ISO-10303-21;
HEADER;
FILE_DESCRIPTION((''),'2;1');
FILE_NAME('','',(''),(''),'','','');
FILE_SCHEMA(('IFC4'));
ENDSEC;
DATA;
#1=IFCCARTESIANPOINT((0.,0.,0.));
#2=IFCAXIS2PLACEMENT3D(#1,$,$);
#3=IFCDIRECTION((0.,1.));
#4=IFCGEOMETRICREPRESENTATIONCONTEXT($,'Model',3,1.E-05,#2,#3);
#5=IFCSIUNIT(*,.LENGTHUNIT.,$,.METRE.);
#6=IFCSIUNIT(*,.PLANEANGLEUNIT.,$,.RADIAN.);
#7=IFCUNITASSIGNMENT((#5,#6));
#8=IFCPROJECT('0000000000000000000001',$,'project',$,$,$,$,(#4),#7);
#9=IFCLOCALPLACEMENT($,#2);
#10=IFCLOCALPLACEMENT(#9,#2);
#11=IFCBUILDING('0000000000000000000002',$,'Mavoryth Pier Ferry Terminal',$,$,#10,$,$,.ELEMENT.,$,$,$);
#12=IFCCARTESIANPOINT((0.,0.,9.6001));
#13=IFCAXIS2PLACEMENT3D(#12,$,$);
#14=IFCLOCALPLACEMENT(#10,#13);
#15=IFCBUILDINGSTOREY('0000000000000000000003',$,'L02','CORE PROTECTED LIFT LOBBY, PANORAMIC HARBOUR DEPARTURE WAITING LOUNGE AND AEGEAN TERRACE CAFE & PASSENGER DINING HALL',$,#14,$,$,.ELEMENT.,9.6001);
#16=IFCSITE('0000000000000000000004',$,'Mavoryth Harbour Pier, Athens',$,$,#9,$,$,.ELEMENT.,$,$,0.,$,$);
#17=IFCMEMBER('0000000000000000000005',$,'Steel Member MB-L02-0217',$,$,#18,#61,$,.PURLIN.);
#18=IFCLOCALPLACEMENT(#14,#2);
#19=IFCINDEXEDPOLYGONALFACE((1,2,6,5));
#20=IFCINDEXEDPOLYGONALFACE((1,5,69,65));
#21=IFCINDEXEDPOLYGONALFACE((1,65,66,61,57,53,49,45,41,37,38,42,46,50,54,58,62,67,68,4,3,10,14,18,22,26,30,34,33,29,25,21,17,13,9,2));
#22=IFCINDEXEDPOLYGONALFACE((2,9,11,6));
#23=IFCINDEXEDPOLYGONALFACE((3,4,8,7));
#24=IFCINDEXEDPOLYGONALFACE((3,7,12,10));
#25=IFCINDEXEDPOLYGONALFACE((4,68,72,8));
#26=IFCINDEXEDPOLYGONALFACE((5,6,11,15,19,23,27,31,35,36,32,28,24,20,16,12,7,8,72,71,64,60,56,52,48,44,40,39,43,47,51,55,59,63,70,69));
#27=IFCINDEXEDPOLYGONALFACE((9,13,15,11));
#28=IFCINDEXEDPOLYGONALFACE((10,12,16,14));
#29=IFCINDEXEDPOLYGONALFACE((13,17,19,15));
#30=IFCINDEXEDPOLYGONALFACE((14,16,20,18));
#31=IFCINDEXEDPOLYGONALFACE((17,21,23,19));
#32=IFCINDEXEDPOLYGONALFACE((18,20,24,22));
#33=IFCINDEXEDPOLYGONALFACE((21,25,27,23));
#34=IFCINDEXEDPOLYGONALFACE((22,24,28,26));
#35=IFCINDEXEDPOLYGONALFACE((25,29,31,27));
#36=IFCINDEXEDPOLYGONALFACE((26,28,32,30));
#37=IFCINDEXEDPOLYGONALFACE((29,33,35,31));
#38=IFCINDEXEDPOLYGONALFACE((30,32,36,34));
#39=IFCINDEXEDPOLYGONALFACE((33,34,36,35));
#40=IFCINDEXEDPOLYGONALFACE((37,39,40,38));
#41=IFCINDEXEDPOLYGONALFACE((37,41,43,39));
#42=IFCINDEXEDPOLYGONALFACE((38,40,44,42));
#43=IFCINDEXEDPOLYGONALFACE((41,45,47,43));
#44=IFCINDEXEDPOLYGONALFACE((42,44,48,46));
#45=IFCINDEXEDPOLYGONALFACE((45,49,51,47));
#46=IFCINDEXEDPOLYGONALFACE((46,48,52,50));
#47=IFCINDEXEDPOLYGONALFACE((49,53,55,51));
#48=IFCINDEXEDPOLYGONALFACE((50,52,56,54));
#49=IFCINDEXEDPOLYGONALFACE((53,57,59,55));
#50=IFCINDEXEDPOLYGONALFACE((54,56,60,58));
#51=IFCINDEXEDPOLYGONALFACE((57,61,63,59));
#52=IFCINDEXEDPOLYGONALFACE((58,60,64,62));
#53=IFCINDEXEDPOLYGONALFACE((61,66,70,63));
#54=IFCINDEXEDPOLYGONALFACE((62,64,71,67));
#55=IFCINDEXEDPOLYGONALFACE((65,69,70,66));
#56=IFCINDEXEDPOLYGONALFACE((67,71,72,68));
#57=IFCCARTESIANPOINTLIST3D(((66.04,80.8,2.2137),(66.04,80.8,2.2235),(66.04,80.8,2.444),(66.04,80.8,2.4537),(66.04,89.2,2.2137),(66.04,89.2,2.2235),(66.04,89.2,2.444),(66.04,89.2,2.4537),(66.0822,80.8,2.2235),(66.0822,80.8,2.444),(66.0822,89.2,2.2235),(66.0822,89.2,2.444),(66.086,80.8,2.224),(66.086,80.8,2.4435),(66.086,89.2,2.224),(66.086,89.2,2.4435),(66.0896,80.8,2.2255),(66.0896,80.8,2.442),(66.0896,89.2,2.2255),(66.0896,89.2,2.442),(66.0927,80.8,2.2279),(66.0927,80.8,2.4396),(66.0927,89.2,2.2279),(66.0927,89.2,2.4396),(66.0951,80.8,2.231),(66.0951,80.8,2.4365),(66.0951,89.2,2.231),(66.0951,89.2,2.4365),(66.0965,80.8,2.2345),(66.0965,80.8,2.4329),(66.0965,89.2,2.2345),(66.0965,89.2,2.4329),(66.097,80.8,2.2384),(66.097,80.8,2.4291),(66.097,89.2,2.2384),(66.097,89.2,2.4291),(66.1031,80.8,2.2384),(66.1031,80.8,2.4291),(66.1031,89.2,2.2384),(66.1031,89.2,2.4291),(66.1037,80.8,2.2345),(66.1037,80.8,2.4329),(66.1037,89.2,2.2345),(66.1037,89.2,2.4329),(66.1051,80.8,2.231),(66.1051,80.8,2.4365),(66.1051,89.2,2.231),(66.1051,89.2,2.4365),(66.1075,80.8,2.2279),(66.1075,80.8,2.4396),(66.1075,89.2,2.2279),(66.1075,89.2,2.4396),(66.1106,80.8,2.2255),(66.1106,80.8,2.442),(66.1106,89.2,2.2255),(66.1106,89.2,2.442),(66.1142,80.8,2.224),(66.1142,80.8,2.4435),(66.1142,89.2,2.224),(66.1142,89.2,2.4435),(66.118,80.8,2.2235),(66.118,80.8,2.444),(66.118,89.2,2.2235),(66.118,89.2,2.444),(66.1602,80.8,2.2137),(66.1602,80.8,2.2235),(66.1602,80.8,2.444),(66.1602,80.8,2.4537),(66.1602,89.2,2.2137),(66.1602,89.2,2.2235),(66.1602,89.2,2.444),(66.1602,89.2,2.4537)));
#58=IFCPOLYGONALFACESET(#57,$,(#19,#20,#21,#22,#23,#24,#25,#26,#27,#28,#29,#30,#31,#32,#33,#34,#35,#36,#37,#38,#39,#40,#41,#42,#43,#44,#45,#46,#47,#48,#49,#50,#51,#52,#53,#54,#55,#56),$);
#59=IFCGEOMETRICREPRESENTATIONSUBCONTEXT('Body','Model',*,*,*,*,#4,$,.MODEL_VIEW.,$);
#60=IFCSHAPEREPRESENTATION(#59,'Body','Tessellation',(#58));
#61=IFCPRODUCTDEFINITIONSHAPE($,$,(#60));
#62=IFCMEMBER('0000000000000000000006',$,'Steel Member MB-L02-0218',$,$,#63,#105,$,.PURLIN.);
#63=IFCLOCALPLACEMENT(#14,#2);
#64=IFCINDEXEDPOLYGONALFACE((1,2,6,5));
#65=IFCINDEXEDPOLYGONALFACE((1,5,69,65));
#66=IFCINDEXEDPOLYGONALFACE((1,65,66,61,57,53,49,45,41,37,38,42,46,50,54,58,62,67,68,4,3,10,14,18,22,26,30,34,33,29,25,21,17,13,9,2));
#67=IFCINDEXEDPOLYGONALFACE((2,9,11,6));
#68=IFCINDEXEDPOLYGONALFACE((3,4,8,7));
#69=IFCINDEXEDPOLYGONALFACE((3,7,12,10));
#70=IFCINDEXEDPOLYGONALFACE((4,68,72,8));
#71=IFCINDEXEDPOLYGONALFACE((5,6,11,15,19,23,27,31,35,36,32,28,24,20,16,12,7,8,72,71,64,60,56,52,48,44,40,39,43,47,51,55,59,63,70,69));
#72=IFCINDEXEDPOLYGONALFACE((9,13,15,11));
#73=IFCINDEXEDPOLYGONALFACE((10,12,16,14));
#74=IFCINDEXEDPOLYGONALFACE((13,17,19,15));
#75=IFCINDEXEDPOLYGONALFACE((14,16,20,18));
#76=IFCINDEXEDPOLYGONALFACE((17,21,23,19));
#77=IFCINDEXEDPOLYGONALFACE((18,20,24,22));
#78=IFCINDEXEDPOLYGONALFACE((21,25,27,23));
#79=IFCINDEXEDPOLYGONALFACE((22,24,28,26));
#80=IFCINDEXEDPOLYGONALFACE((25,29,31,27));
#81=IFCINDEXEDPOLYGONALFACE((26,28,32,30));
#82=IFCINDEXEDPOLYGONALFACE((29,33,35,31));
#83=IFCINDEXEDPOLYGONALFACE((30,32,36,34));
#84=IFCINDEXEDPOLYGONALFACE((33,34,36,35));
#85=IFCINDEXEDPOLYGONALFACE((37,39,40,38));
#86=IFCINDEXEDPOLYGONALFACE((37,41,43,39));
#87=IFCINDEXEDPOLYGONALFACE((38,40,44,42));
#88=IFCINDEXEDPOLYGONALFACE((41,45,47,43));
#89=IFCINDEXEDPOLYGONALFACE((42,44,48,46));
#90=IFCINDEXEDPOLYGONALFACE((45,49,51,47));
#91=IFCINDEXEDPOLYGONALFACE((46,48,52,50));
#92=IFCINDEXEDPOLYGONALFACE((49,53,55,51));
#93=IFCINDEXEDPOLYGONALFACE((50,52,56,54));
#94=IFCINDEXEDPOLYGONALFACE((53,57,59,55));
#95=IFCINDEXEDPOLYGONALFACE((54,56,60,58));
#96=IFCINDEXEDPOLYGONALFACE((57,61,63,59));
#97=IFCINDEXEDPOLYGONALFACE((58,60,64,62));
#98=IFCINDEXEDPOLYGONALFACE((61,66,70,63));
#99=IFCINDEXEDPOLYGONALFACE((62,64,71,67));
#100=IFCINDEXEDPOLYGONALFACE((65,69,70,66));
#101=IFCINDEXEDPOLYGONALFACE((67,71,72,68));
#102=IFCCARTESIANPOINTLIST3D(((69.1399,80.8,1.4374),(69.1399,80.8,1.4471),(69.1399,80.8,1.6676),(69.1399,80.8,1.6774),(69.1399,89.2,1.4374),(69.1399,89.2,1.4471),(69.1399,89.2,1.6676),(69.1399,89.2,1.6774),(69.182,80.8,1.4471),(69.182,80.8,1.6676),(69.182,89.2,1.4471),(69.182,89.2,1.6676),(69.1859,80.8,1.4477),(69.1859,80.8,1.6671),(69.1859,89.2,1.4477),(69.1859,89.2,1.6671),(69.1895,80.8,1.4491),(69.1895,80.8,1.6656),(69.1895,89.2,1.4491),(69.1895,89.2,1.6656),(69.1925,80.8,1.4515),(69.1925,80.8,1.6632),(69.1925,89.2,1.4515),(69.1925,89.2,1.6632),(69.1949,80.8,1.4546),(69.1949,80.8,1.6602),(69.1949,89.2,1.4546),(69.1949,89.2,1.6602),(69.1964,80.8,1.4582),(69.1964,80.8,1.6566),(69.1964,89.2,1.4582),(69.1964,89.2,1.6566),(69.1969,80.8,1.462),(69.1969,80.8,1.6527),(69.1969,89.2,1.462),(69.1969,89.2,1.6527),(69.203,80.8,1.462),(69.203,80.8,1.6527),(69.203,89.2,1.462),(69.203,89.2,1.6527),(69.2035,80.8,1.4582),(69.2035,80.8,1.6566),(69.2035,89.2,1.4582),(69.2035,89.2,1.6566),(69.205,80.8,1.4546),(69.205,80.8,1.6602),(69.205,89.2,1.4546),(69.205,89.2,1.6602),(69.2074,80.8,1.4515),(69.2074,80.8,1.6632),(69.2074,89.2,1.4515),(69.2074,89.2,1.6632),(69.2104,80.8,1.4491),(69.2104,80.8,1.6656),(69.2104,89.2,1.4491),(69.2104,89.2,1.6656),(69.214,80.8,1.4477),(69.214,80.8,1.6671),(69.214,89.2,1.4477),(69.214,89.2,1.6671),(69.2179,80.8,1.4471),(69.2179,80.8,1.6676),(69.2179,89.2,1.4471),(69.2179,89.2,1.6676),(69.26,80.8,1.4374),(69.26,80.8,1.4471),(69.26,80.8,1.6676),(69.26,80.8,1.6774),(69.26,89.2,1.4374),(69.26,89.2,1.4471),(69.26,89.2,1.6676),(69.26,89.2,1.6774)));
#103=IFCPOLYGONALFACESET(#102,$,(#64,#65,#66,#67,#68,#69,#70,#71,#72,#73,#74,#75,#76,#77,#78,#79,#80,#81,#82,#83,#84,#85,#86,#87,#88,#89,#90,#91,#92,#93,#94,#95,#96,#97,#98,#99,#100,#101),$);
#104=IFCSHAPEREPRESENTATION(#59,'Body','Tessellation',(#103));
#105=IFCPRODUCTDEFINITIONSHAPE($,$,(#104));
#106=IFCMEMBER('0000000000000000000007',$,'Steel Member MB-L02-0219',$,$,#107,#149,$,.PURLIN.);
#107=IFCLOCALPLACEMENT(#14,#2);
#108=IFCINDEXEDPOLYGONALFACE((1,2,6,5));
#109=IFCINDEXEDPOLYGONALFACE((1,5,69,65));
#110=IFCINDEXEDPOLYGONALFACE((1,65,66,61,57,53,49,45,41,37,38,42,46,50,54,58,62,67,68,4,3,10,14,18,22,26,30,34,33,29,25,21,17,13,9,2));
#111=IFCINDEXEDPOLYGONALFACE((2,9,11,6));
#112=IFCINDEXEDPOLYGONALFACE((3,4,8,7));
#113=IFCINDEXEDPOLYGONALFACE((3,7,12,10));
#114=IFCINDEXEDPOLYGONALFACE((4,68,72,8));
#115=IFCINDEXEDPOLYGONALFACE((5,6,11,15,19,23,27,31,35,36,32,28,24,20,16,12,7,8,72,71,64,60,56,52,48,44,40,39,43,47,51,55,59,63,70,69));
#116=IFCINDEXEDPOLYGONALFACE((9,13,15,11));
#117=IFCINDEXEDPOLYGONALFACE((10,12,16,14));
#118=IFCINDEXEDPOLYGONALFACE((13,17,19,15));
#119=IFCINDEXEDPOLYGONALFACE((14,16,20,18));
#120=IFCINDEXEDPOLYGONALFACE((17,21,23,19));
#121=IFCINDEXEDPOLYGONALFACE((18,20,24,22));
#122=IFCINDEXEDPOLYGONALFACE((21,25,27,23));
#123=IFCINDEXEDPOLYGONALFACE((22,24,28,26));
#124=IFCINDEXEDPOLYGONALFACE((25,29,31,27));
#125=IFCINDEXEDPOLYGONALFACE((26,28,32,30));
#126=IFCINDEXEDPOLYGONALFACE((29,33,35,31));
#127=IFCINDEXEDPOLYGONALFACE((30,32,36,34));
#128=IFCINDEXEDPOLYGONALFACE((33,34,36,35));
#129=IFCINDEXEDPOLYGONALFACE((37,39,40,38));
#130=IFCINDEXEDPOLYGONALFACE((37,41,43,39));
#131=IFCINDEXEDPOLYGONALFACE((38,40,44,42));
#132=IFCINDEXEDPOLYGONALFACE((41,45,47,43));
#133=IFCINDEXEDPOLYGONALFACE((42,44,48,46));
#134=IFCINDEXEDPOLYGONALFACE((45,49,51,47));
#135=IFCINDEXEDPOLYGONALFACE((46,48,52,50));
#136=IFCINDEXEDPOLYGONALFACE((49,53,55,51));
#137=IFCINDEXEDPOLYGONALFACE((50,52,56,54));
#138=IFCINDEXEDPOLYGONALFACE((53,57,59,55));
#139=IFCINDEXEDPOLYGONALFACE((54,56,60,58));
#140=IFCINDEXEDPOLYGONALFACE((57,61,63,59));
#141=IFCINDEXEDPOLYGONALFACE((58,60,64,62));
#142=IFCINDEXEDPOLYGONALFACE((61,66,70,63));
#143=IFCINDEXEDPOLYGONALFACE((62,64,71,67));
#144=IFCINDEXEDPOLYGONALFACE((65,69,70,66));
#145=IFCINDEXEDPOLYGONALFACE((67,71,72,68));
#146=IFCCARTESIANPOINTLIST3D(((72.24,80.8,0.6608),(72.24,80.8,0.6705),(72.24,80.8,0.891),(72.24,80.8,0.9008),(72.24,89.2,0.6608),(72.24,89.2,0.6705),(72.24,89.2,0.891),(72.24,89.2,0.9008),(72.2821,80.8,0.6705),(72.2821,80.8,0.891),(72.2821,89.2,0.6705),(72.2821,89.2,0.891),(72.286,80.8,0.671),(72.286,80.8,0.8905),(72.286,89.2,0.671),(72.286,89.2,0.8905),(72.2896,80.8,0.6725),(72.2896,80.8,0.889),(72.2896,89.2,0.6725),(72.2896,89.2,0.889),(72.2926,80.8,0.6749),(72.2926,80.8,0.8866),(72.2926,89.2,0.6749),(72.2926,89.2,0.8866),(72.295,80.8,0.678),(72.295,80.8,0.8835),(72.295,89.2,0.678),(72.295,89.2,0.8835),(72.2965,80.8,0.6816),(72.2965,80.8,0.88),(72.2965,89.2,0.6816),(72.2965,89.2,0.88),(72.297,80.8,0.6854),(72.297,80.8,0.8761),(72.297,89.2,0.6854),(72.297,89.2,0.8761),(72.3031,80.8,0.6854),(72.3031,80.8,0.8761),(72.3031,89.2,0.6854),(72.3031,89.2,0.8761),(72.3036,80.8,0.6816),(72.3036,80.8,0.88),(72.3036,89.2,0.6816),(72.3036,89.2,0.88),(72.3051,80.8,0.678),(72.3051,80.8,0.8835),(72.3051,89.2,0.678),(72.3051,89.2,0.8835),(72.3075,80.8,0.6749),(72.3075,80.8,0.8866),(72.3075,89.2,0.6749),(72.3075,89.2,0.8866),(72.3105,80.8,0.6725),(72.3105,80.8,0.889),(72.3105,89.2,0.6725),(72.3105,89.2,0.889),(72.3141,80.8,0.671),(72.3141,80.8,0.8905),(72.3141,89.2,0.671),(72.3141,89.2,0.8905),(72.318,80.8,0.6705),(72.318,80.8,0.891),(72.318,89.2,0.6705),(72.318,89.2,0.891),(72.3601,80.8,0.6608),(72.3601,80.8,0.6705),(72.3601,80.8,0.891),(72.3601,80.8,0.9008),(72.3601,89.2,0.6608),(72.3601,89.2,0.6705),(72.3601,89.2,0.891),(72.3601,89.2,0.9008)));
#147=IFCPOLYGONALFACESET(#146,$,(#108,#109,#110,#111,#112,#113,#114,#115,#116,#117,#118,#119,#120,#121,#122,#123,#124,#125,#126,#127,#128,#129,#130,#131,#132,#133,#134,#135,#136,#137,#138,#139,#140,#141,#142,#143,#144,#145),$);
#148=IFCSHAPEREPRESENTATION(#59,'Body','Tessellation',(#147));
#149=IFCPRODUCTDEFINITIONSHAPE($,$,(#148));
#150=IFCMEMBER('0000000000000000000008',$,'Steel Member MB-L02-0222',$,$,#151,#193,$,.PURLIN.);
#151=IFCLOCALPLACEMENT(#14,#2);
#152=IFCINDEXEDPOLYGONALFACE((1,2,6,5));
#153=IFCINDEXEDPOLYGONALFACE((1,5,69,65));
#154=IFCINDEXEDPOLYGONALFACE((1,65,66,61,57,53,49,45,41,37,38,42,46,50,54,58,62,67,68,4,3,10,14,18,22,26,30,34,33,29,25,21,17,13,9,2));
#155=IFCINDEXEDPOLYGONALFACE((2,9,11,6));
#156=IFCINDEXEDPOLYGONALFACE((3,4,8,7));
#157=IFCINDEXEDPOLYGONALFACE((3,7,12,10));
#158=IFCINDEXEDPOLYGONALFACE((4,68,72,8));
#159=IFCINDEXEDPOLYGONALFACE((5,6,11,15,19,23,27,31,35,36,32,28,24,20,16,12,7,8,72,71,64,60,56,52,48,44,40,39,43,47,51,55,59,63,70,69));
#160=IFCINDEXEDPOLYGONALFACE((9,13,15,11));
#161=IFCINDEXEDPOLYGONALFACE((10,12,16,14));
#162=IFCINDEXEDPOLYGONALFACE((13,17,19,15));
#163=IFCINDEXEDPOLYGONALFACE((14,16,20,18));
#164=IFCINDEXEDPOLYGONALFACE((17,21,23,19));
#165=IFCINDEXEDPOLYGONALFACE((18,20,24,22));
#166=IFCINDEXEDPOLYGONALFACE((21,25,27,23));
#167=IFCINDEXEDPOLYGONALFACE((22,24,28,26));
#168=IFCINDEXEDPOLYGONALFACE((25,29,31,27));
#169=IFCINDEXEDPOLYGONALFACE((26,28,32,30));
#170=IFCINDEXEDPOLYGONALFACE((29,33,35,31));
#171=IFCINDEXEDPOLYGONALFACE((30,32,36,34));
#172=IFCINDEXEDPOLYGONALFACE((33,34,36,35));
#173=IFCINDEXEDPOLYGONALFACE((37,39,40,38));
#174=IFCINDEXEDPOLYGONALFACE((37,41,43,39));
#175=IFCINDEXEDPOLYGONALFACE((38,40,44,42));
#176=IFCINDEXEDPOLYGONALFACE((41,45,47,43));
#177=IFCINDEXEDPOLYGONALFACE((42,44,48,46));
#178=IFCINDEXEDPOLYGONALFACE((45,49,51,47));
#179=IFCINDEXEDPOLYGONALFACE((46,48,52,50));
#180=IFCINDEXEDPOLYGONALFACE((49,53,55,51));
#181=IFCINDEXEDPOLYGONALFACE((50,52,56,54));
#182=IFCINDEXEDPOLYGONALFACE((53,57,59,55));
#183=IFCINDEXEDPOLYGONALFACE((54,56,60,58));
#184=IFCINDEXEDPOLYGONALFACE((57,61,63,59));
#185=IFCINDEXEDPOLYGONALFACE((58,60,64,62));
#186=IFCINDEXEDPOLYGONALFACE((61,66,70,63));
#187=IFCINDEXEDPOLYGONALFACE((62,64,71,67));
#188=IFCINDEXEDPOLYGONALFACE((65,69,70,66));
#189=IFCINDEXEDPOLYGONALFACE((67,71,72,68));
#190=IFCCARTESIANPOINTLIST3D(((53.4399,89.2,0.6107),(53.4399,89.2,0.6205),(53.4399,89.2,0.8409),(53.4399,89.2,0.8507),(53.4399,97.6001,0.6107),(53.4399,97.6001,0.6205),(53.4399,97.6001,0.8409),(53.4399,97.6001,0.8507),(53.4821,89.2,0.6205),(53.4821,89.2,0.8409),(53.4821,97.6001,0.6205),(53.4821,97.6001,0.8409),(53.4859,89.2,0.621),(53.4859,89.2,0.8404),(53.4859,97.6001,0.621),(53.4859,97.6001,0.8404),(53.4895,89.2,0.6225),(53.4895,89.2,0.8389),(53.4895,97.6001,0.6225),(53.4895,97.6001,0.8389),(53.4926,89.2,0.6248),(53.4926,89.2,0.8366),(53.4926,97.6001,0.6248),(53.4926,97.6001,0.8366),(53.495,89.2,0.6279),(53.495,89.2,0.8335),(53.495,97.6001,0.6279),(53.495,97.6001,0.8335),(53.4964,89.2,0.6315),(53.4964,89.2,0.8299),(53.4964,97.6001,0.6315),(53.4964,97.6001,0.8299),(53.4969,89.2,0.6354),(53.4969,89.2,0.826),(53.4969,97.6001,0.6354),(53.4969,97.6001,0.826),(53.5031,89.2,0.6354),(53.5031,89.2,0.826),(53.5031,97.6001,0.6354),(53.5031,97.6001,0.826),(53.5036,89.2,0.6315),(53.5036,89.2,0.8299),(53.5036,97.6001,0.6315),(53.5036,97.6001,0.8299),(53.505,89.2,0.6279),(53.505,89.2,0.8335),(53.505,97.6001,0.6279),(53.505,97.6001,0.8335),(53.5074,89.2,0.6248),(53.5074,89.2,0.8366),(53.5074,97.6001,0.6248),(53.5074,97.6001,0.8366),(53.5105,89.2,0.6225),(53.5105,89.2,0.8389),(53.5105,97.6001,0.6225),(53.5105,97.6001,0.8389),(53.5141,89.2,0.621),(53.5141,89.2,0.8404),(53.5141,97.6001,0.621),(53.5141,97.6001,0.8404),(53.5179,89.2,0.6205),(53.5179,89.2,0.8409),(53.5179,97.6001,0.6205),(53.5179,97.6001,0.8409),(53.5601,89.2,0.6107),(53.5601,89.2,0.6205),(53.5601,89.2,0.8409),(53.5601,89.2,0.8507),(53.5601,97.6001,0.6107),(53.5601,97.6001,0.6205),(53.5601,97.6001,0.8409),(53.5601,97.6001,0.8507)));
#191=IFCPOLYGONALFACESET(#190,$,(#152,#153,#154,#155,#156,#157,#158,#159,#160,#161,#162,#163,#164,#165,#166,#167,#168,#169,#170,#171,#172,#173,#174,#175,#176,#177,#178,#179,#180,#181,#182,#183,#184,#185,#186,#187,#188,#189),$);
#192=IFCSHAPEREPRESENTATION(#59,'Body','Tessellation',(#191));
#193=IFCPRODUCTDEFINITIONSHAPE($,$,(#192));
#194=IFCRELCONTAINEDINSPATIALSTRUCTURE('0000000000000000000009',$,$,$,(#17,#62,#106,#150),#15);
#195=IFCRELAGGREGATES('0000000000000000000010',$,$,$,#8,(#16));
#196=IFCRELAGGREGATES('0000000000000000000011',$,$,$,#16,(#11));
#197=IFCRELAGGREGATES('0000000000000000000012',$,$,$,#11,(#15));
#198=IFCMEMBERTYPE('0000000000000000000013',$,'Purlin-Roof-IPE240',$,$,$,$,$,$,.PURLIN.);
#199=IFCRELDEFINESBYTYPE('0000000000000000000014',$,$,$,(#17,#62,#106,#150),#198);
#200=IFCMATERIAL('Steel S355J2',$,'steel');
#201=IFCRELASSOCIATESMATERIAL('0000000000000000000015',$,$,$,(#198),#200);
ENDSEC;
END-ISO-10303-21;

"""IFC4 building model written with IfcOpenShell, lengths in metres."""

from ifc_helpers import new_model, si_unit, direction, frame, origin, origin_2d, place, context, subcontext, project, spatial, i_section, extrude, material, material_profile, profile_set, type_object, element, save


model = new_model("IFC4")

# Units and contexts
model_context = context("Model", 3, precision=1e-05, world=origin(), true_north=direction((0.0, 1.0)))
body_context = subcontext(model_context, "Body", "Model", "MODEL_VIEW")
ifc_project = project(units=[si_unit("LENGTHUNIT", "METRE"), si_unit("PLANEANGLEUNIT", "RADIAN")], contexts=[model_context])

# Site, building, storey
site_placement = place(None, origin())
site = spatial("IfcSite", under=ifc_project, at=site_placement, Name="Mavoryth Harbour Pier, Athens", CompositionType="ELEMENT", RefElevation=0.0)
building_placement = place(site_placement, origin())
building = spatial("IfcBuilding", under=site, at=building_placement, Name="Mavoryth Pier Ferry Terminal", CompositionType="ELEMENT")
storey_placement = place(building_placement, frame((0.0, 0.0, 9.6001)))
storey = spatial("IfcBuildingStorey", under=building, at=storey_placement, Name="L02", Description="CORE PROTECTED LIFT LOBBY, PANORAMIC HARBOUR DEPARTURE WAITING LOUNGE AND AEGEAN TERRACE CAFE & PASSENGER DINING HALL", CompositionType="ELEMENT", Elevation=9.6001)

# Members
ifc_material_1 = material(Name="Steel S355J2", Category="steel")
ifc_material_profile_1 = material_profile(ifc_material_1, i_section(OverallWidth=0.1201, OverallDepth=0.24, WebThickness=0.0061, FlangeThickness=0.0098, FilletRadius=0.0149, at=origin_2d()), Name="IPE 240", Category="steel")
ifc_profile_set_1 = profile_set([ifc_material_profile_1], Name="Steel S355J2 - IPE 240")
member_type_1 = type_object("IfcMemberType", Name="Purlin-Roof-IPE240", PredefinedType="PURLIN", material=ifc_profile_set_1)
for number, where, z_axis, x_axis, name in (
    (1, (66.1001, 80.8, 2.3337), (0.0, 1.0, 0.0), (-1.0, 0.0, 0.0), "Steel Member MB-L02-0217"),
    (2, (69.2, 80.8, 1.5574), (0.0, 1.0, 0.0), (-1.0, 0.0, 0.0), "Steel Member MB-L02-0218"),
    (3, (72.3, 80.8, 0.7808), (0.0, 1.0, 0.0), (-1.0, 0.0, 0.0), "Steel Member MB-L02-0219"),
):
    element("IfcMember", number, at=place(storey_placement, frame(where, z_axis=z_axis, x_axis=x_axis)), inside=storey, type_object=member_type_1, Name=name, PredefinedType="PURLIN", context=body_context, shape_type="SweptSolid", body=[
        extrude(i_section(OverallWidth=0.1201, OverallDepth=0.24, WebThickness=0.0061, FlangeThickness=0.0098, FilletRadius=0.0149, at=origin_2d()), origin(), (0.0, 0.0, 1.0), 8.3999),
    ])
for number, where, z_axis, x_axis, name in (
    (4, (53.5, 89.2, 0.7307), (0.0, 1.0, 0.0), (-1.0, 0.0, 0.0), "Steel Member MB-L02-0222"),
):
    element("IfcMember", number, at=place(storey_placement, frame(where, z_axis=z_axis, x_axis=x_axis)), inside=storey, type_object=member_type_1, Name=name, PredefinedType="PURLIN", context=body_context, shape_type="SweptSolid", body=[
        extrude(i_section(OverallWidth=0.1201, OverallDepth=0.24, WebThickness=0.0061, FlangeThickness=0.0098, FilletRadius=0.0149, at=origin_2d()), origin(), (0.0, 0.0, 1.0), 8.4001),
    ])

save(model, "model.ifc")
